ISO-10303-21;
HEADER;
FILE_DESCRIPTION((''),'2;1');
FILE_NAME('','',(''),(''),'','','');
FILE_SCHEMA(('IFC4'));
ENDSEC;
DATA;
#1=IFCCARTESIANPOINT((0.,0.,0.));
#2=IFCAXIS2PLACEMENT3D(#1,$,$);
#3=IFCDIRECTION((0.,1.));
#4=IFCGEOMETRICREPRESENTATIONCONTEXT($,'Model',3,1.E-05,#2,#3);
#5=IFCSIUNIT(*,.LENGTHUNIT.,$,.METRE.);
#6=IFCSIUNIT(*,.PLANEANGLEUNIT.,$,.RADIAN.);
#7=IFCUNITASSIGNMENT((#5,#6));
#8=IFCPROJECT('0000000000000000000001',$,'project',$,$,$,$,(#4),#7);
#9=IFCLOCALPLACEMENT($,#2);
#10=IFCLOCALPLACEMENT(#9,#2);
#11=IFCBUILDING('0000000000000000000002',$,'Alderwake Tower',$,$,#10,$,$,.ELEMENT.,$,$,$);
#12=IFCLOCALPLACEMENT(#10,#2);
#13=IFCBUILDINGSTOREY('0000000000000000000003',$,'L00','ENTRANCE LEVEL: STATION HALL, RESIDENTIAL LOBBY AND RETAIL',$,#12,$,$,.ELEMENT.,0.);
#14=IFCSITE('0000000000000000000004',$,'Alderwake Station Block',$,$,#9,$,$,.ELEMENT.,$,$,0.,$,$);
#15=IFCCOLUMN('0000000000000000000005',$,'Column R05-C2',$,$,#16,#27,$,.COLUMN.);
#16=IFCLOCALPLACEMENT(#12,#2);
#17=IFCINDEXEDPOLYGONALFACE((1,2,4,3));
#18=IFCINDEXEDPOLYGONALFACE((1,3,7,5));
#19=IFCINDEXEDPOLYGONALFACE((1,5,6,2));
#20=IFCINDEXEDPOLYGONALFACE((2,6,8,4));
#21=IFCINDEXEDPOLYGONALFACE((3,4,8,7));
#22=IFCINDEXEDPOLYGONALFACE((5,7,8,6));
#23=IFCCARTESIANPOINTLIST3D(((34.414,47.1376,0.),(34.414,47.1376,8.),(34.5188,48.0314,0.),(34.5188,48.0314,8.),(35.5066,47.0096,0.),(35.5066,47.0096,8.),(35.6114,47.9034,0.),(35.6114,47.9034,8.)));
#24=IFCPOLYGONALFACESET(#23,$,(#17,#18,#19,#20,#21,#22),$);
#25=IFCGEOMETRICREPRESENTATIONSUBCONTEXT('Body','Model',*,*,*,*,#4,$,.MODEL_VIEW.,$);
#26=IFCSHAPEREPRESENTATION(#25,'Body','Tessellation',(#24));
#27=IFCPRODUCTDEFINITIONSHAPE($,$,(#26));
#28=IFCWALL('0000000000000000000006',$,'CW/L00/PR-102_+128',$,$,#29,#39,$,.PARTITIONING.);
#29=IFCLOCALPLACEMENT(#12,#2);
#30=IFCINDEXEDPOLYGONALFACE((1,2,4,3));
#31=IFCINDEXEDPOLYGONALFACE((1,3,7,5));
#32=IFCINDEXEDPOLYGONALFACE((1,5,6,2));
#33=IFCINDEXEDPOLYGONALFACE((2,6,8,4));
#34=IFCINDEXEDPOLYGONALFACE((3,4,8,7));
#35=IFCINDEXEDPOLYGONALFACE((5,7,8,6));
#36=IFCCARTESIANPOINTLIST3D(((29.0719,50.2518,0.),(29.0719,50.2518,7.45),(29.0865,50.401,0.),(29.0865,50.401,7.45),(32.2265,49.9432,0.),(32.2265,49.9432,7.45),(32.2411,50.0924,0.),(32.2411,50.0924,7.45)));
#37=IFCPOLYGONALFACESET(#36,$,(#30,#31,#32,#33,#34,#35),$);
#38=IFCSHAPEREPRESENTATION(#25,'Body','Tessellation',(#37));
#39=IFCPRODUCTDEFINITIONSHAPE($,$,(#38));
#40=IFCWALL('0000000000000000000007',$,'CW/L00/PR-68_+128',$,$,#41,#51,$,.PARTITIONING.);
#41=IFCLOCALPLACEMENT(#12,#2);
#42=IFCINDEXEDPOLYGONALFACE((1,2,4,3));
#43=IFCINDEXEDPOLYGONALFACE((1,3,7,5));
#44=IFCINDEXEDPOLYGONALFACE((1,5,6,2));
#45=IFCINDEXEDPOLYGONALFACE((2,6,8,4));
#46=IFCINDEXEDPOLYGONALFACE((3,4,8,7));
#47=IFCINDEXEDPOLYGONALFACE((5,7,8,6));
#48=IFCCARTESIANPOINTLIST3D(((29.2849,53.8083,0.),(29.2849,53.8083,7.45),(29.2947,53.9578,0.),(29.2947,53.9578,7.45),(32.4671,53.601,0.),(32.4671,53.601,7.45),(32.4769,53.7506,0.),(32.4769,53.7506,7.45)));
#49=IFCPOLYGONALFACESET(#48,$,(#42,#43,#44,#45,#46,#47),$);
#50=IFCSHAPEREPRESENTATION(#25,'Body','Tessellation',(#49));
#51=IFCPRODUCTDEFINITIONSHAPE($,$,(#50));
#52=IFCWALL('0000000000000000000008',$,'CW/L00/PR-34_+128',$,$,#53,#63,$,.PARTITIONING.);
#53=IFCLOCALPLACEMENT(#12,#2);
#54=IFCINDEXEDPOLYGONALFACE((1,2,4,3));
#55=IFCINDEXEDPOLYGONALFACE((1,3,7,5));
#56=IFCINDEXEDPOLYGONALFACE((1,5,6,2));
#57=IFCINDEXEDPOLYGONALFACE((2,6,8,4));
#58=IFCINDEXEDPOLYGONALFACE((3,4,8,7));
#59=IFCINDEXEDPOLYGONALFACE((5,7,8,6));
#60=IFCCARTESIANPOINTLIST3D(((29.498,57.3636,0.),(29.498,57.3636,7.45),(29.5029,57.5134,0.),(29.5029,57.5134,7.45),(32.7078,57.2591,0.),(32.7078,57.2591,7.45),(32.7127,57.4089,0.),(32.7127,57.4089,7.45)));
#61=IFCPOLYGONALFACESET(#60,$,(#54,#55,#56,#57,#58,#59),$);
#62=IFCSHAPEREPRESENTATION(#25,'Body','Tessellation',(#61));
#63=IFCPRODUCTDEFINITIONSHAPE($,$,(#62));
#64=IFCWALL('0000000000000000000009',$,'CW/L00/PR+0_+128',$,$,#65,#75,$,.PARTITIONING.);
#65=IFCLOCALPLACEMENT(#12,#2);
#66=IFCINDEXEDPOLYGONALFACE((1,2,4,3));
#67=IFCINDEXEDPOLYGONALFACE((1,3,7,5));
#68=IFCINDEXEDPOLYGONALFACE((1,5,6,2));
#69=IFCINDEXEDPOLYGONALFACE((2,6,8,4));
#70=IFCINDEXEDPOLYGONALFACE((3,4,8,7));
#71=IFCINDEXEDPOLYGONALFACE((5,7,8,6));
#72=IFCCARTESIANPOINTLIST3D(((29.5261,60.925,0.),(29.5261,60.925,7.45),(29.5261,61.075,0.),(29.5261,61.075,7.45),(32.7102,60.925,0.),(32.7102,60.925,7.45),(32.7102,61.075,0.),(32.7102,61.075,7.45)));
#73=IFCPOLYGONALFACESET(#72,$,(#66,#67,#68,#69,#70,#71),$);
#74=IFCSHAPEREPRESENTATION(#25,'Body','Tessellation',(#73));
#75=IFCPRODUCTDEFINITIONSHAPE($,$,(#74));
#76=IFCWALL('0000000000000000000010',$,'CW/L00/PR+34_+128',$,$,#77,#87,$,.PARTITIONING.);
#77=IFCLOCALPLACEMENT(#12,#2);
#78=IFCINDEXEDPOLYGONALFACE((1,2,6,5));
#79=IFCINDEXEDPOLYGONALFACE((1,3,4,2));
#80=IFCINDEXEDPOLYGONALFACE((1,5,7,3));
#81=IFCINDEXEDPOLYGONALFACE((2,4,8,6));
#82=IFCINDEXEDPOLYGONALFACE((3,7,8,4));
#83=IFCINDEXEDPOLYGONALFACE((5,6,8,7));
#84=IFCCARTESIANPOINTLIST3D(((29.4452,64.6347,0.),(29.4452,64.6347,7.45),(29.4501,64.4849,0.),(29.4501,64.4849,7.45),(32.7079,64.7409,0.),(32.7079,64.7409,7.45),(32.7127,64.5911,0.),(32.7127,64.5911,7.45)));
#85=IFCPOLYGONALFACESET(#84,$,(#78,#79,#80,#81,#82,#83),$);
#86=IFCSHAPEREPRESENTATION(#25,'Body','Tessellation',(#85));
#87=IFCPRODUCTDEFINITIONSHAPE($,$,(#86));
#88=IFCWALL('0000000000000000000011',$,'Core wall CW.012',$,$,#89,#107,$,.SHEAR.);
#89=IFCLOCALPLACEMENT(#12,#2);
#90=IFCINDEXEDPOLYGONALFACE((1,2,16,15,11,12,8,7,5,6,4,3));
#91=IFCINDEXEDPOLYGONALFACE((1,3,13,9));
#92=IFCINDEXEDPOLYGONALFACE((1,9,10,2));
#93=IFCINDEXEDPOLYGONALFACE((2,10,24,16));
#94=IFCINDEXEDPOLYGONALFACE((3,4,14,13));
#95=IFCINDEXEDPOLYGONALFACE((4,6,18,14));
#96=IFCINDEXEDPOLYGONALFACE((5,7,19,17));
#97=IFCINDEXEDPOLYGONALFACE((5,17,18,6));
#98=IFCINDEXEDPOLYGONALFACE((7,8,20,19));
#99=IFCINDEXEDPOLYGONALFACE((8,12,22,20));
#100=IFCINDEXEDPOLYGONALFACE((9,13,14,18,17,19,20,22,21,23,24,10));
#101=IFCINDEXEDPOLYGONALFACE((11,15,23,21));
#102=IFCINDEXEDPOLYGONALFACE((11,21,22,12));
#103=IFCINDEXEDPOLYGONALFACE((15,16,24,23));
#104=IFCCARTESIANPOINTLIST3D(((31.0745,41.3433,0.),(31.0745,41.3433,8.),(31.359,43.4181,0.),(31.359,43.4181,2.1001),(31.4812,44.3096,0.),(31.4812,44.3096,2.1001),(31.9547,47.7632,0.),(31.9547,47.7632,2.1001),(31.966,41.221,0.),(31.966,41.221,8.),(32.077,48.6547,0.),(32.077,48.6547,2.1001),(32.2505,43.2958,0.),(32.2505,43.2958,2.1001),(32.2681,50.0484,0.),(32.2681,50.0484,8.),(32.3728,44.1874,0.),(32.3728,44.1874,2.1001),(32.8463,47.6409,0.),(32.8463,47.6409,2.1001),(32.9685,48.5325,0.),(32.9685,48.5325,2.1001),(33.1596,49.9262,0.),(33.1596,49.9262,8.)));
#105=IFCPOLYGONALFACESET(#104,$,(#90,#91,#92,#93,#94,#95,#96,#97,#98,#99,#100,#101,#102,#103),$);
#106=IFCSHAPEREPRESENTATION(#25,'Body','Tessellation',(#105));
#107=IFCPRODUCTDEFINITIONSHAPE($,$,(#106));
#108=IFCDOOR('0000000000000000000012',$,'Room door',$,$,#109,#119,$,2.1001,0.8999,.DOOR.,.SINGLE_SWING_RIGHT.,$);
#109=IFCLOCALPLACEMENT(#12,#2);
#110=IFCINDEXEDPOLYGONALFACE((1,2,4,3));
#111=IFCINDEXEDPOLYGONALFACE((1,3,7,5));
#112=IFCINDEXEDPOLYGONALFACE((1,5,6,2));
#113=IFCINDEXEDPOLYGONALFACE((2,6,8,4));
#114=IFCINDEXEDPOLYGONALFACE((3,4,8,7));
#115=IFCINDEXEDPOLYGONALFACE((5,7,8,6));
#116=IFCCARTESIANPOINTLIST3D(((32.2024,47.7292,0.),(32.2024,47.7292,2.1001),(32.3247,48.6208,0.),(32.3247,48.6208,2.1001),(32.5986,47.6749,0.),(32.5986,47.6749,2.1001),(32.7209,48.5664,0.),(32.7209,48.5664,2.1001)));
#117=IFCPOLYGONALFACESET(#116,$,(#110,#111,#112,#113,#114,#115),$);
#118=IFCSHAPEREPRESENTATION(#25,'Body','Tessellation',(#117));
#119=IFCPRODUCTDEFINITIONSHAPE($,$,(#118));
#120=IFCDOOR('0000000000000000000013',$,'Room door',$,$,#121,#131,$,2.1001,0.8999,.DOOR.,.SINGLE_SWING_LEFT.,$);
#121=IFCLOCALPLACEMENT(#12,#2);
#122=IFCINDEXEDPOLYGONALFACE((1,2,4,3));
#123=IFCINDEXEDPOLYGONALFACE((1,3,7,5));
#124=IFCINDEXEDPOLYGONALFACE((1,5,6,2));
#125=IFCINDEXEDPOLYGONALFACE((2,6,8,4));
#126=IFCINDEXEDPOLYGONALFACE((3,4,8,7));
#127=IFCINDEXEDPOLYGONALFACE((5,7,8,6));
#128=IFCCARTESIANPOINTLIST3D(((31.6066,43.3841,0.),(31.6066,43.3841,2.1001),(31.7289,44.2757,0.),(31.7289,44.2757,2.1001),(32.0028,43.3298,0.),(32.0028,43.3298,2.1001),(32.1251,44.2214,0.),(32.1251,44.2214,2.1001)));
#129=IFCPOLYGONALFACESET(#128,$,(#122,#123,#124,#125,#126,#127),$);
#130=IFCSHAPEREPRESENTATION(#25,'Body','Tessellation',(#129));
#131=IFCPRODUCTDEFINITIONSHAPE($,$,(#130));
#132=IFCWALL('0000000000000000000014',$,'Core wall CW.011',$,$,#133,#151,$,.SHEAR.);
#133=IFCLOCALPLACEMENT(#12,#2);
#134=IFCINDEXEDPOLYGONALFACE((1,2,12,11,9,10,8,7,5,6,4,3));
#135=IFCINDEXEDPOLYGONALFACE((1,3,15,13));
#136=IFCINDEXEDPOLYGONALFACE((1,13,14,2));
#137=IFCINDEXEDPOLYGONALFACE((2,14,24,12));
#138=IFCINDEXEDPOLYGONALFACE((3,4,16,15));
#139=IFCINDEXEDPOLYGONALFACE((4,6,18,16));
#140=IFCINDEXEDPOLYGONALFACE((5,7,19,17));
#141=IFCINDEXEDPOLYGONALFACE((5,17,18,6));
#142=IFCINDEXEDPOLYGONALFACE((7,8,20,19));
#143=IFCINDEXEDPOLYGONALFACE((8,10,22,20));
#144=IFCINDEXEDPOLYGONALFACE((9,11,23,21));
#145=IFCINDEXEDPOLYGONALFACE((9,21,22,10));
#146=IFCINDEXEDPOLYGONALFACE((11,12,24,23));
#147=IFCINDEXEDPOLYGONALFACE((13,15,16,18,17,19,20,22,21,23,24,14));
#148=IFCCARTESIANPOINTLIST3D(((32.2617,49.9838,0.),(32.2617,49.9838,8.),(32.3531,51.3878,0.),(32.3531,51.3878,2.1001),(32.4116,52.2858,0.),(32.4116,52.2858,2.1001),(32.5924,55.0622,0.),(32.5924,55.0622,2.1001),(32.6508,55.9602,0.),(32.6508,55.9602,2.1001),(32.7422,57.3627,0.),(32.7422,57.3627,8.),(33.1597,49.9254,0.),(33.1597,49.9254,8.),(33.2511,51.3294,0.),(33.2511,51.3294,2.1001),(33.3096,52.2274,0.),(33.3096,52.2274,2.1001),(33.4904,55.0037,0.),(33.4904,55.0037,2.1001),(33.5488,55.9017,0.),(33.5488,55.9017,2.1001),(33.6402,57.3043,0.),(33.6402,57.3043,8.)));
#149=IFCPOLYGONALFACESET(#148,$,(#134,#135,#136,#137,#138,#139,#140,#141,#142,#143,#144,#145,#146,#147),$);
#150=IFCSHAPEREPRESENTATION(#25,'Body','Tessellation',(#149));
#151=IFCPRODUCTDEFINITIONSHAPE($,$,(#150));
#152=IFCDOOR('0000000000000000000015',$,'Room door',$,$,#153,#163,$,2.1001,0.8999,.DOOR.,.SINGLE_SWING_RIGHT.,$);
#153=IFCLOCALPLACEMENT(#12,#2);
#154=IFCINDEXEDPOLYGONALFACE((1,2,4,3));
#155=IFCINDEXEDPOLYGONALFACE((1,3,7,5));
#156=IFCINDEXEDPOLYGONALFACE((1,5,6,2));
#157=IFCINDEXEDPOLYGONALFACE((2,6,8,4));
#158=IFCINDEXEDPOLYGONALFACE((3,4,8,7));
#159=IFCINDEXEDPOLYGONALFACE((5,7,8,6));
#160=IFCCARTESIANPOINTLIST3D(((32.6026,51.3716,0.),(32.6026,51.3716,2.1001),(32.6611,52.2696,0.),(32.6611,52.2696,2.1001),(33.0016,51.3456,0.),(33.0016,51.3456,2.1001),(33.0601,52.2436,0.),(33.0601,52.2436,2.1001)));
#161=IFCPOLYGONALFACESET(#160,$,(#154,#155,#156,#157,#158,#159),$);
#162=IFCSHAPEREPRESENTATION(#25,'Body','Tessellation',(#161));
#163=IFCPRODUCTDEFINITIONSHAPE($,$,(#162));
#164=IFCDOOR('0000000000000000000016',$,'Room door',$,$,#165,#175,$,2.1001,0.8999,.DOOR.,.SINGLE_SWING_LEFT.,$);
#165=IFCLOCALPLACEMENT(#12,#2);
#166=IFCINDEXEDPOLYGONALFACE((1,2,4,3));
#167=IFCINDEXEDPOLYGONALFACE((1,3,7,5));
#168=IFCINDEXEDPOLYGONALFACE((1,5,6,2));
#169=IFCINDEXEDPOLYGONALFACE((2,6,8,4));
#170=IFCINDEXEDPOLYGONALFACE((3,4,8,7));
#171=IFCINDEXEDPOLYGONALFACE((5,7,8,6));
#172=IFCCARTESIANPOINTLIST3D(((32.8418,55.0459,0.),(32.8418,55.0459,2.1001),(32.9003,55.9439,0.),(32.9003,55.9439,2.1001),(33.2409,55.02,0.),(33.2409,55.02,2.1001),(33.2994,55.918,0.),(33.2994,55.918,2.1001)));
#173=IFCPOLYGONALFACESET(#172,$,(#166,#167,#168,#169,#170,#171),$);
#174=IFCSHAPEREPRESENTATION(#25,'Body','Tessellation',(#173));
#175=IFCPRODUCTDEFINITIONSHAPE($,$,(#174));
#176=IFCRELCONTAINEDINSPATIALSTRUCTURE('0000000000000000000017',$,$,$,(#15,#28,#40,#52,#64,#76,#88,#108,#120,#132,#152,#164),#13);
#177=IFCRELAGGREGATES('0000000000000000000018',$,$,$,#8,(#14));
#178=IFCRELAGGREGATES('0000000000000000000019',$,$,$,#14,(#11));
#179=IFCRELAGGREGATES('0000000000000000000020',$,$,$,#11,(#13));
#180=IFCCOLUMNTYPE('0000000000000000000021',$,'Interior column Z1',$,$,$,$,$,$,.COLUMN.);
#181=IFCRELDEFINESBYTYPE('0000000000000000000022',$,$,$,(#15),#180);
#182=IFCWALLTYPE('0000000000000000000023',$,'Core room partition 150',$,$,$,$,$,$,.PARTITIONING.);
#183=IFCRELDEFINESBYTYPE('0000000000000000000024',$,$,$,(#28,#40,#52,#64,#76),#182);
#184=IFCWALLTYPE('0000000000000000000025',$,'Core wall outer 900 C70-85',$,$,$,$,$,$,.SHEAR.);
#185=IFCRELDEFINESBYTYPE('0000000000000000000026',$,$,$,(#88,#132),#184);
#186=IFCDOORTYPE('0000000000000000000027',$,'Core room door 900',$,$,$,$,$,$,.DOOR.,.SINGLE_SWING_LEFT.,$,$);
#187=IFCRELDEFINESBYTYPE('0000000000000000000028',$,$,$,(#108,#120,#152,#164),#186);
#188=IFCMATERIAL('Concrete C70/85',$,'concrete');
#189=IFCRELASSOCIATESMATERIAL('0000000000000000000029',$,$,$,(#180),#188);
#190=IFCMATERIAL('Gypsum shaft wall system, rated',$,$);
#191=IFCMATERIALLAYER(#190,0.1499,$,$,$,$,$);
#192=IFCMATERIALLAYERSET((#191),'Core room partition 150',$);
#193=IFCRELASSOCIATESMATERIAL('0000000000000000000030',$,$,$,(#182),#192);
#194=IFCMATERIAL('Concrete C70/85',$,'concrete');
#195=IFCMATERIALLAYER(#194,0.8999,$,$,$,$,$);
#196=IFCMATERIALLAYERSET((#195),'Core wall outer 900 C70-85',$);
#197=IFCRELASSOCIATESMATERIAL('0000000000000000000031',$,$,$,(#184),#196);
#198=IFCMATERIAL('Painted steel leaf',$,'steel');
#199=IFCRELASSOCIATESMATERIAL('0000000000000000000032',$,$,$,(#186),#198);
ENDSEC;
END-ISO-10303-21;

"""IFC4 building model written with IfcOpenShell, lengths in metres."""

from ifc_helpers import new_model, si_unit, direction, frame, frame_2d, origin, origin_2d, place, context, subcontext, project, spatial, rectangle, extrude, material, layer, layer_set, material_profile, profile_set, type_object, element, fill, save


model = new_model("IFC4")

# Units and contexts
model_context = context("Model", 3, precision=1e-05, world=origin(), true_north=direction((0.0, 1.0)))
body_context = subcontext(model_context, "Body", "Model", "MODEL_VIEW")
ifc_project = project(units=[si_unit("LENGTHUNIT", "METRE"), si_unit("PLANEANGLEUNIT", "RADIAN")], contexts=[model_context])

# Site, building, storey
site_placement = place(None, origin())
site = spatial("IfcSite", under=ifc_project, at=site_placement, Name="Alderwake Station Block", CompositionType="ELEMENT", RefElevation=0.0)
building_placement = place(site_placement, origin())
building = spatial("IfcBuilding", under=site, at=building_placement, Name="Alderwake Tower", CompositionType="ELEMENT")
storey_placement = place(building_placement, origin())
storey = spatial("IfcBuildingStorey", under=building, at=storey_placement, Name="L00", Description="ENTRANCE LEVEL: STATION HALL, RESIDENTIAL LOBBY AND RETAIL", CompositionType="ELEMENT", Elevation=0.0)

# Column
ifc_material_1 = material(Name="Concrete C70/85", Category="concrete")
ifc_material_profile = material_profile(ifc_material_1, rectangle(XDim=0.8999, YDim=1.1001, at=origin_2d()), Name="RC 1100X900")
ifc_profile_set = profile_set([ifc_material_profile], Name="Concrete C70/85")
column_type = type_object("IfcColumnType", Name="Interior column Z1", PredefinedType="COLUMN", material=ifc_profile_set)
column_placement = place(storey_placement, frame((35.0127, 47.5205, 0.0), z_axis=(0.0, 0.0, 1.0), x_axis=(0.116402, 0.993202, 0.0)))
element("IfcColumn", 1, at=column_placement, inside=storey, type_object=column_type, Name="Column R05-C2", PredefinedType="COLUMN", context=body_context, shape_type="SweptSolid", body=[
    extrude(rectangle(XDim=0.8999, YDim=1.1001, at=origin_2d()), origin(), (0.0, 0.0, 1.0), 8.0),
])

# Walls
ifc_material_2 = material(Name="Gypsum shaft wall system, rated")
ifc_layer_1 = layer(ifc_material_2, 0.1499)
ifc_layer_set_1 = layer_set([ifc_layer_1], Name="Core room partition 150")
wall_type_1 = type_object("IfcWallType", Name="Core room partition 150", PredefinedType="PARTITIONING", material=ifc_layer_set_1)
wall_1_placement = place(storey_placement, frame((29.0791, 50.3264, 0.0), z_axis=(0.0, 0.0, 1.0), x_axis=(0.995249, -0.09736, 0.0)))
element("IfcWall", 2, at=wall_1_placement, inside=storey, type_object=wall_type_1, Name="CW/L00/PR-102_+128", PredefinedType="PARTITIONING", context=body_context, shape_type="SweptSolid", body=[
    extrude(rectangle(XDim=3.1697, YDim=0.1499, at=frame_2d((1.585, 0.0))), origin(), (0.0, 0.0, 1.0), 7.45),
])
wall_2_placement = place(storey_placement, frame((29.2898, 53.8831, 0.0), z_axis=(0.0, 0.0, 1.0), x_axis=(0.997885, -0.065, 0.0)))
element("IfcWall", 3, at=wall_2_placement, inside=storey, type_object=wall_type_1, Name="CW/L00/PR-68_+128", PredefinedType="PARTITIONING", context=body_context, shape_type="SweptSolid", body=[
    extrude(rectangle(XDim=3.189, YDim=0.1499, at=frame_2d((1.5945, 0.0))), origin(), (0.0, 0.0, 1.0), 7.45),
])
wall_3_placement = place(storey_placement, frame((29.5005, 57.4385, 0.0), z_axis=(0.0, 0.0, 1.0), x_axis=(0.999471, -0.032538, 0.0)))
element("IfcWall", 4, at=wall_3_placement, inside=storey, type_object=wall_type_1, Name="CW/L00/PR-34_+128", PredefinedType="PARTITIONING", context=body_context, shape_type="SweptSolid", body=[
    extrude(rectangle(XDim=3.2114, YDim=0.1499, at=frame_2d((1.6057, 0.0))), origin(), (0.0, 0.0, 1.0), 7.45),
])
wall_4_placement = place(storey_placement, frame((29.5261, 61.0, 0.0), z_axis=(0.0, 0.0, 1.0), x_axis=(1.0, 0.0, 0.0)))
element("IfcWall", 5, at=wall_4_placement, inside=storey, type_object=wall_type_1, Name="CW/L00/PR+0_+128", PredefinedType="PARTITIONING", context=body_context, shape_type="SweptSolid", body=[
    extrude(rectangle(XDim=3.1841, YDim=0.1499, at=frame_2d((1.592, 0.0))), origin(), (0.0, 0.0, 1.0), 7.45),
])
wall_5_placement = place(storey_placement, frame((29.4475, 64.5598, 0.0), z_axis=(0.0, 0.0, 1.0), x_axis=(0.999471, 0.032533, 0.0)))
element("IfcWall", 6, at=wall_5_placement, inside=storey, type_object=wall_type_1, Name="CW/L00/PR+34_+128", PredefinedType="PARTITIONING", context=body_context, shape_type="SweptSolid", body=[
    extrude(rectangle(XDim=3.2644, YDim=0.1499, at=frame_2d((1.6323, 0.0))), origin(), (0.0, 0.0, 1.0), 7.45),
])

# Walls, openings, doors
ifc_material_3 = material(Name="Concrete C70/85", Category="concrete")
ifc_layer_2 = layer(ifc_material_3, 0.8999)
ifc_layer_set_2 = layer_set([ifc_layer_2], Name="Core wall outer 900 C70-85")
wall_type_2 = type_object("IfcWallType", Name="Core wall outer 900 C70-85", PredefinedType="SHEAR", material=ifc_layer_set_2)
wall_6_placement = place(storey_placement, frame((32.7139, 49.9873, 0.0), z_axis=(0.0, 0.0, 1.0), x_axis=(-0.135845, -0.99073, 0.0)))
wall_6 = element("IfcWall", 7, at=wall_6_placement, inside=storey, type_object=wall_type_2, Name="Core wall CW.012", PredefinedType="SHEAR", context=body_context, shape_type="SweptSolid", body=[
    extrude(rectangle(XDim=8.7866, YDim=0.8999, at=frame_2d((4.3933, 0.0))), origin(), (0.0, 0.0, 1.0), 8.0),
])
opening_1_placement = place(wall_6_placement, frame((1.4067, 0.0, 0.0)))
opening_1 = element("IfcOpeningElement", 8, at=opening_1_placement, cuts=wall_6, PredefinedType="OPENING", context=body_context, shape_type="SweptSolid", body=[
    extrude(rectangle(XDim=0.8999, YDim=2.1001, at=frame_2d((0.45, 1.05))), frame((0.0, 0.46, 0.0), z_axis=(0.0, -1.0, 0.0), x_axis=(1.0, 0.0, 0.0)), (0.0, 0.0, 1.0), 0.9199),
])
opening_2_placement = place(wall_6_placement, frame((5.7925, 0.0, 0.0)))
opening_2 = element("IfcOpeningElement", 9, at=opening_2_placement, cuts=wall_6, PredefinedType="OPENING", context=body_context, shape_type="SweptSolid", body=[
    extrude(rectangle(XDim=0.8999, YDim=2.1001, at=frame_2d((0.45, 1.05))), frame((0.0, 0.46, 0.0), z_axis=(0.0, -1.0, 0.0), x_axis=(1.0, 0.0, 0.0)), (0.0, 0.0, 1.0), 0.9199),
])
ifc_material_4 = material(Name="Painted steel leaf", Category="steel")
door_type_1 = type_object("IfcDoorType", Name="Core room door 900", OperationType="SINGLE_SWING_LEFT", PredefinedType="DOOR", material=ifc_material_4)
door_1_placement = place(opening_1_placement, origin())
door_1 = element("IfcDoor", 10, at=door_1_placement, inside=storey, type_object=door_type_1, Name="Room door", OperationType="SINGLE_SWING_RIGHT", OverallHeight=2.1001, OverallWidth=0.8999, PredefinedType="DOOR", context=body_context, shape_type="SweptSolid", body=[
    extrude(rectangle(XDim=0.8999, YDim=2.1001, at=frame_2d((0.45, 1.05))), frame((0.0, 0.2, 0.0), z_axis=(0.0, -1.0, 0.0), x_axis=(1.0, 0.0, 0.0)), (0.0, 0.0, 1.0), 0.3999),
])
fill(opening_1, door_1)
door_2_placement = place(opening_2_placement, origin())
door_2 = element("IfcDoor", 11, at=door_2_placement, inside=storey, type_object=door_type_1, Name="Room door", OperationType="SINGLE_SWING_LEFT", OverallHeight=2.1001, OverallWidth=0.8999, PredefinedType="DOOR", context=body_context, shape_type="SweptSolid", body=[
    extrude(rectangle(XDim=0.8999, YDim=2.1001, at=frame_2d((0.45, 1.05))), frame((0.0, 0.2, 0.0), z_axis=(0.0, -1.0, 0.0), x_axis=(1.0, 0.0, 0.0)), (0.0, 0.0, 1.0), 0.3999),
])
fill(opening_2, door_2)
wall_7_placement = place(storey_placement, frame((33.1912, 57.3335, 0.0), z_axis=(0.0, 0.0, 1.0), x_axis=(-0.064976, -0.997887, 0.0)))
wall_7 = element("IfcWall", 12, at=wall_7_placement, inside=storey, type_object=wall_type_2, Name="Core wall CW.011", PredefinedType="SHEAR", context=body_context, shape_type="SweptSolid", body=[
    extrude(rectangle(XDim=7.3945, YDim=0.8999, at=frame_2d((3.6973, 0.0))), origin(), (0.0, 0.0, 1.0), 8.0),
])
opening_3_placement = place(wall_7_placement, frame((5.0876, 0.0, 0.0)))
opening_3 = element("IfcOpeningElement", 13, at=opening_3_placement, cuts=wall_7, PredefinedType="OPENING", context=body_context, shape_type="SweptSolid", body=[
    extrude(rectangle(XDim=0.8999, YDim=2.1001, at=frame_2d((0.45, 1.05))), frame((0.0, 0.46, 0.0), z_axis=(0.0, -1.0, 0.0), x_axis=(1.0, 0.0, 0.0)), (0.0, 0.0, 1.0), 0.9199),
])
opening_4_placement = place(wall_7_placement, frame((1.4055, 0.0, 0.0)))
opening_4 = element("IfcOpeningElement", 14, at=opening_4_placement, cuts=wall_7, PredefinedType="OPENING", context=body_context, shape_type="SweptSolid", body=[
    extrude(rectangle(XDim=0.8999, YDim=2.1001, at=frame_2d((0.45, 1.05))), frame((0.0, 0.46, 0.0), z_axis=(0.0, -1.0, 0.0), x_axis=(1.0, 0.0, 0.0)), (0.0, 0.0, 1.0), 0.9199),
])
door_3_placement = place(opening_3_placement, origin())
door_3 = element("IfcDoor", 15, at=door_3_placement, inside=storey, type_object=door_type_1, Name="Room door", OperationType="SINGLE_SWING_RIGHT", OverallHeight=2.1001, OverallWidth=0.8999, PredefinedType="DOOR", context=body_context, shape_type="SweptSolid", body=[
    extrude(rectangle(XDim=0.8999, YDim=2.1001, at=frame_2d((0.45, 1.05))), frame((0.0, 0.2, 0.0), z_axis=(0.0, -1.0, 0.0), x_axis=(1.0, 0.0, 0.0)), (0.0, 0.0, 1.0), 0.3999),
])
fill(opening_3, door_3)
door_4_placement = place(opening_4_placement, origin())
door_4 = element("IfcDoor", 16, at=door_4_placement, inside=storey, type_object=door_type_1, Name="Room door", OperationType="SINGLE_SWING_LEFT", OverallHeight=2.1001, OverallWidth=0.8999, PredefinedType="DOOR", context=body_context, shape_type="SweptSolid", body=[
    extrude(rectangle(XDim=0.8999, YDim=2.1001, at=frame_2d((0.45, 1.05))), frame((0.0, 0.2, 0.0), z_axis=(0.0, -1.0, 0.0), x_axis=(1.0, 0.0, 0.0)), (0.0, 0.0, 1.0), 0.3999),
])
fill(opening_4, door_4)

save(model, "model.ifc")
